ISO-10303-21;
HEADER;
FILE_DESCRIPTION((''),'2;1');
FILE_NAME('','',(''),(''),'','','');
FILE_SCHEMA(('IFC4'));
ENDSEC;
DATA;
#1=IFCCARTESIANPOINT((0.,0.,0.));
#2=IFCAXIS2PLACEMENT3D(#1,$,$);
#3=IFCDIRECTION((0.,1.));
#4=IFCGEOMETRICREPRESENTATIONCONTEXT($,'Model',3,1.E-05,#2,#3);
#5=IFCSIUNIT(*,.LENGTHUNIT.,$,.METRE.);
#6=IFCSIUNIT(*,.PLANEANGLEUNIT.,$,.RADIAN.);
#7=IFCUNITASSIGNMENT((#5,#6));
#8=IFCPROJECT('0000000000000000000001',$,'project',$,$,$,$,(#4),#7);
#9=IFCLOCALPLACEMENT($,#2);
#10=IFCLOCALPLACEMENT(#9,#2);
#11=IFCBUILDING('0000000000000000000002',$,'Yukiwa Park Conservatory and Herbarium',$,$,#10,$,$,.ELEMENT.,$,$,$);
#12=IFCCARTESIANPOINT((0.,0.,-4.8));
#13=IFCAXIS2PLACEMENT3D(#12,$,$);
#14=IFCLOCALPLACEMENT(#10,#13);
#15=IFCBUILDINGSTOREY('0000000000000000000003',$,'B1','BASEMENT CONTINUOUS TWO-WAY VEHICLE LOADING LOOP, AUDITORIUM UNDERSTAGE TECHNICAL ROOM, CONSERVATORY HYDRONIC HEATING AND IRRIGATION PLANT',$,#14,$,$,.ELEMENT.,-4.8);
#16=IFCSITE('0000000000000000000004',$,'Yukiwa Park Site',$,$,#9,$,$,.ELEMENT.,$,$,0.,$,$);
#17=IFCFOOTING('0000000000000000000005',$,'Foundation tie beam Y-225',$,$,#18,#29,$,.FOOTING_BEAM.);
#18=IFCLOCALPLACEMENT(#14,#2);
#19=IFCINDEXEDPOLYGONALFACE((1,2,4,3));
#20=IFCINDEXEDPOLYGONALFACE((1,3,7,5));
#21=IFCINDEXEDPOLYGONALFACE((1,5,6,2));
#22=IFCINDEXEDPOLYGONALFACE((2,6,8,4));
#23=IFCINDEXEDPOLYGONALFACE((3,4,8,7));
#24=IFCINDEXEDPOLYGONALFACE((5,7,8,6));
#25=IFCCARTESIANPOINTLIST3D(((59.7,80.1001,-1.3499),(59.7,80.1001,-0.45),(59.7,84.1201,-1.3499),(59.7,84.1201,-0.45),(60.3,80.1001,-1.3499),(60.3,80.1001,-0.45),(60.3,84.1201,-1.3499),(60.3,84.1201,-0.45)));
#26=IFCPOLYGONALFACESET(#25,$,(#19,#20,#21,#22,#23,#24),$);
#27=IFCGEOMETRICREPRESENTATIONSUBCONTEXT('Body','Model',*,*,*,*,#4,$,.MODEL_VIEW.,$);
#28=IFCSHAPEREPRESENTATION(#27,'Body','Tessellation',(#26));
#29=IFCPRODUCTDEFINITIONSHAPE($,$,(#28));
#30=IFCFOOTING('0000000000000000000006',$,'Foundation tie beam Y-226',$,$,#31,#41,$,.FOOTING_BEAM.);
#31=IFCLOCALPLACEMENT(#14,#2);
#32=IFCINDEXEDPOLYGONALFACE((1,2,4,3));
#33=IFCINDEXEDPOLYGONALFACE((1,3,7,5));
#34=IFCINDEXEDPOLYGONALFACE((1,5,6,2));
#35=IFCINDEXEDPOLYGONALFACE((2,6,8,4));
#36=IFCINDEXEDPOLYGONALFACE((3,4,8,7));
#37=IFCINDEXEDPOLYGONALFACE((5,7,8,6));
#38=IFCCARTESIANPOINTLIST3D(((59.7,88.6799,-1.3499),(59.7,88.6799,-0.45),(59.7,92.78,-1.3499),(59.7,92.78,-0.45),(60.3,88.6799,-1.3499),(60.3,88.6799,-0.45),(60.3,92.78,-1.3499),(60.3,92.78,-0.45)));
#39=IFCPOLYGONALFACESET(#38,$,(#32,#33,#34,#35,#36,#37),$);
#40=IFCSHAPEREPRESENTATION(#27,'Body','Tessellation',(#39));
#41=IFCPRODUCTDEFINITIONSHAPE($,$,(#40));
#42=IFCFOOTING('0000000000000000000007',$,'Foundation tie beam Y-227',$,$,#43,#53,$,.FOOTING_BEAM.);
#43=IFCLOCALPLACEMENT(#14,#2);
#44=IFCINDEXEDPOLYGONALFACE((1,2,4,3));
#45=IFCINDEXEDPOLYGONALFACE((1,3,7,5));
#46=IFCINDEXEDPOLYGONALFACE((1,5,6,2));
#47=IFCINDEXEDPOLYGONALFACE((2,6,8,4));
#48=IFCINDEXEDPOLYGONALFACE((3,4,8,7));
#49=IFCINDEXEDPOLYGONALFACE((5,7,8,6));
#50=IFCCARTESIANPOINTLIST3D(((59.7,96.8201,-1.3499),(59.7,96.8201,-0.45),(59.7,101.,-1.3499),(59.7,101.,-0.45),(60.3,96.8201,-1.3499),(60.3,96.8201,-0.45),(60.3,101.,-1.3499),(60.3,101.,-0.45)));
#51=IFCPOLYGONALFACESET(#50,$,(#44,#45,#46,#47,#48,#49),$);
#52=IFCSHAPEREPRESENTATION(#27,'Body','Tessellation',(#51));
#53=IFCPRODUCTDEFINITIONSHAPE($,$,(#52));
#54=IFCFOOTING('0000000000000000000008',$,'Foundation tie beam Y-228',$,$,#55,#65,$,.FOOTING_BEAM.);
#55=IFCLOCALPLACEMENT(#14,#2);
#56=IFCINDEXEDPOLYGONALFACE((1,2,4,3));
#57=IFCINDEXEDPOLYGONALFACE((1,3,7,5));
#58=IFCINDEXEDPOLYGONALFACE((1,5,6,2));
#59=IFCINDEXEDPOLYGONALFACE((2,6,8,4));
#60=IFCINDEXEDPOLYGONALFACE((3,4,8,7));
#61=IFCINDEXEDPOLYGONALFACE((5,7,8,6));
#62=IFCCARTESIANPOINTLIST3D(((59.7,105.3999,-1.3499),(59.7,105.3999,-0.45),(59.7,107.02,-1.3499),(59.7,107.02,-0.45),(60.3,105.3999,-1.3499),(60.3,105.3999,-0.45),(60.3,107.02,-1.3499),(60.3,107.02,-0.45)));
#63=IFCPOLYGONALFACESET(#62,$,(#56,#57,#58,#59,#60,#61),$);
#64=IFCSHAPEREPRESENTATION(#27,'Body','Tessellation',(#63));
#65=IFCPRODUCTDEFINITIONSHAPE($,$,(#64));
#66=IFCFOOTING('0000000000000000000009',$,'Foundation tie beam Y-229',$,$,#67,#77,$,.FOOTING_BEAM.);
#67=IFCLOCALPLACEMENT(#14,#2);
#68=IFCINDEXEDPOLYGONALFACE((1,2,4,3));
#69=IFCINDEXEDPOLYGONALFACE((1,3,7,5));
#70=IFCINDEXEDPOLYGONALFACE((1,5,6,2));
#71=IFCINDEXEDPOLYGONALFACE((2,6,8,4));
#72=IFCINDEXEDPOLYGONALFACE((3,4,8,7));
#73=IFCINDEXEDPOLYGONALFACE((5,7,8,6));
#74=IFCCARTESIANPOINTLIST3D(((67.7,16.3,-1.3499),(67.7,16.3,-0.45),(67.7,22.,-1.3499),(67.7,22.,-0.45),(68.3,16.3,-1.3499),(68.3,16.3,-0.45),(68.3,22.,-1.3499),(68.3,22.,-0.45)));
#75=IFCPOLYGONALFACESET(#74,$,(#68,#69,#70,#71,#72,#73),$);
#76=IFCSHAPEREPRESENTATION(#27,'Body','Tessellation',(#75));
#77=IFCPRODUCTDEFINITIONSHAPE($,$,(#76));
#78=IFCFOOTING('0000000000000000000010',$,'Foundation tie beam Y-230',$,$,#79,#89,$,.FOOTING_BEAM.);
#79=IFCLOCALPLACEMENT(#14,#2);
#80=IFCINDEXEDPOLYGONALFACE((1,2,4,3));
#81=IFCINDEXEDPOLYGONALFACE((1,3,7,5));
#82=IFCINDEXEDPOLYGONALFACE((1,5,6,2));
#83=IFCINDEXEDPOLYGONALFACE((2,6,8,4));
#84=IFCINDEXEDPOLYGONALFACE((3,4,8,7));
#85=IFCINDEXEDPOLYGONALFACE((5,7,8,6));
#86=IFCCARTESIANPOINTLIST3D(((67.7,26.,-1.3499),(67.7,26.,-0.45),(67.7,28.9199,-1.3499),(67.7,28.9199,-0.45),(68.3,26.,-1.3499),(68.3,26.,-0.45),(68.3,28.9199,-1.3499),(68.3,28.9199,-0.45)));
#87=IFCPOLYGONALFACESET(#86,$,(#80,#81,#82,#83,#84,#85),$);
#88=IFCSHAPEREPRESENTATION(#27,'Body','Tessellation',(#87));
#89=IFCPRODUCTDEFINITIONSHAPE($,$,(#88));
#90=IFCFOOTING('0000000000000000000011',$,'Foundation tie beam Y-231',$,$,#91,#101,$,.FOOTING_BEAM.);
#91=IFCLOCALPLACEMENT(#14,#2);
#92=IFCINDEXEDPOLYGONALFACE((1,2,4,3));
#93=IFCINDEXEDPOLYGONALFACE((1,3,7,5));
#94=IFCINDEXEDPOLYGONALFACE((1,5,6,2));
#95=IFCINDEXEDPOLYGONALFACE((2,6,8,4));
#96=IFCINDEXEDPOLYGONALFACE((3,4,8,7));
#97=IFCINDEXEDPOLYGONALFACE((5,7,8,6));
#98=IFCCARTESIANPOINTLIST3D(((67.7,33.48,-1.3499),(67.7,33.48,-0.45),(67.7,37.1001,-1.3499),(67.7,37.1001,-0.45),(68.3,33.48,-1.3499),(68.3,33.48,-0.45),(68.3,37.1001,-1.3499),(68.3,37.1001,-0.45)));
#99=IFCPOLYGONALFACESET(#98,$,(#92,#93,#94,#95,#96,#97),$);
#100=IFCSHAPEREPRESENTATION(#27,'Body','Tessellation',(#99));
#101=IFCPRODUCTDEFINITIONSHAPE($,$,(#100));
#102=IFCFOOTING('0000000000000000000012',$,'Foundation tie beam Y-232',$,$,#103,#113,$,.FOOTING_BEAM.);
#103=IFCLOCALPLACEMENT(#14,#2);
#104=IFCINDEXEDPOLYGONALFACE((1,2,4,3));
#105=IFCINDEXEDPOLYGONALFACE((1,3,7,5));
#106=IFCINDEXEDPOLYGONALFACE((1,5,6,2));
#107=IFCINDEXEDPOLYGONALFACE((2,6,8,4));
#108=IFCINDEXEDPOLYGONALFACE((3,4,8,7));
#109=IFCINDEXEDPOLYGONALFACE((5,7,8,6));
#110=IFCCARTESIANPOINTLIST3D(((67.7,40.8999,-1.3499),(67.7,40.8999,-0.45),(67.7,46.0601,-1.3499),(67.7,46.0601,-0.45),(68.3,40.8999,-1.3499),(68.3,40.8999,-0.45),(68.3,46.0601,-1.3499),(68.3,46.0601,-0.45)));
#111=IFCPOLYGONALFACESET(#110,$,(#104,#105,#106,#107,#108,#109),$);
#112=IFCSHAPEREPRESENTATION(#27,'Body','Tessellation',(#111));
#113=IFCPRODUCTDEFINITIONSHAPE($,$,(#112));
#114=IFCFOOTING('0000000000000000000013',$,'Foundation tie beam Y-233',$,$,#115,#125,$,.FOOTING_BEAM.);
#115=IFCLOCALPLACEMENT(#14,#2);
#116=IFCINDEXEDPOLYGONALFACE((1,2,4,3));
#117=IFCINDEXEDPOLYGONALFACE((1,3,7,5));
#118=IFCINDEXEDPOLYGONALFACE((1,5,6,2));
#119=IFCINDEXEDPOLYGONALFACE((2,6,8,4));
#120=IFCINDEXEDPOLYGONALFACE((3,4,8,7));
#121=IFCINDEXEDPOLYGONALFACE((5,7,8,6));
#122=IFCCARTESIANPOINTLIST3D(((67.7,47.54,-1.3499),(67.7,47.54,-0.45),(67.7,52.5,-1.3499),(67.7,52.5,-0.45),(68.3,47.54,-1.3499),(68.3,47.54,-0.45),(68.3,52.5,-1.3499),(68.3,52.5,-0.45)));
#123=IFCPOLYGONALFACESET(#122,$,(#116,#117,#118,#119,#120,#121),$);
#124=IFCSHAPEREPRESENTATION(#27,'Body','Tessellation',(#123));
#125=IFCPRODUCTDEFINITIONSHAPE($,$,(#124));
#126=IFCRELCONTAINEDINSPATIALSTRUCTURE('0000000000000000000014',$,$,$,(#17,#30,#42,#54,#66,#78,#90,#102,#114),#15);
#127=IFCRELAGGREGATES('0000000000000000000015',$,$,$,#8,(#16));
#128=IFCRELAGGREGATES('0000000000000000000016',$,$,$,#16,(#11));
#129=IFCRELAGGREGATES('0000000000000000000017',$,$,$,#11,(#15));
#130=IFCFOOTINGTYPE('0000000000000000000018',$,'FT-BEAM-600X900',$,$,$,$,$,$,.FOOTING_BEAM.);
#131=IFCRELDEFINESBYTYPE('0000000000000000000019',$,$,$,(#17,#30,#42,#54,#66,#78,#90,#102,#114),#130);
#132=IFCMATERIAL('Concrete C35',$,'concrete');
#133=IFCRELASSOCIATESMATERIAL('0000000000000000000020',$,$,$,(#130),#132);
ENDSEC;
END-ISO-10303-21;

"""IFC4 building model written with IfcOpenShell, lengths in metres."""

from ifc_helpers import new_model, si_unit, direction, frame, origin, place, context, subcontext, project, spatial, polyline, outline, extrude, material, type_object, element, save


model = new_model("IFC4")

# Units and contexts
model_context = context("Model", 3, precision=1e-05, world=origin(), true_north=direction((0.0, 1.0)))
body_context = subcontext(model_context, "Body", "Model", "MODEL_VIEW")
ifc_project = project(units=[si_unit("LENGTHUNIT", "METRE"), si_unit("PLANEANGLEUNIT", "RADIAN")], contexts=[model_context])

# Site, building, storey
site_placement = place(None, origin())
site = spatial("IfcSite", under=ifc_project, at=site_placement, Name="Yukiwa Park Site", CompositionType="ELEMENT", RefElevation=0.0)
building_placement = place(site_placement, origin())
building = spatial("IfcBuilding", under=site, at=building_placement, Name="Yukiwa Park Conservatory and Herbarium", CompositionType="ELEMENT")
storey_placement = place(building_placement, frame((0.0, 0.0, -4.8)))
storey = spatial("IfcBuildingStorey", under=building, at=storey_placement, Name="B1", Description="BASEMENT CONTINUOUS TWO-WAY VEHICLE LOADING LOOP, AUDITORIUM UNDERSTAGE TECHNICAL ROOM, CONSERVATORY HYDRONIC HEATING AND IRRIGATION PLANT", CompositionType="ELEMENT", Elevation=-4.8)

# Footings
ifc_material = material(Name="Concrete C35", Category="concrete")
footing_type = type_object("IfcFootingType", Name="FT-BEAM-600X900", PredefinedType="FOOTING_BEAM", material=ifc_material)
footing_1_placement = place(storey_placement, frame((0.0, 0.0, -1.3499)))
element("IfcFooting", 1, at=footing_1_placement, inside=storey, type_object=footing_type, Name="Foundation tie beam Y-225", PredefinedType="FOOTING_BEAM", context=body_context, shape_type="SweptSolid", body=[
    extrude(outline(polyline([(59.7, 80.1001), (60.3, 80.1001), (60.3, 84.1201), (59.7, 84.1201), (59.7, 80.1001)])), origin(), (0.0, 0.0, 1.0), 0.8999),
])
footing_2_placement = place(storey_placement, frame((0.0, 0.0, -1.3499)))
element("IfcFooting", 2, at=footing_2_placement, inside=storey, type_object=footing_type, Name="Foundation tie beam Y-226", PredefinedType="FOOTING_BEAM", context=body_context, shape_type="SweptSolid", body=[
    extrude(outline(polyline([(59.7, 88.6799), (60.3, 88.6799), (60.3, 92.78), (59.7, 92.78), (59.7, 88.6799)])), origin(), (0.0, 0.0, 1.0), 0.8999),
])
footing_3_placement = place(storey_placement, frame((0.0, 0.0, -1.3499)))
element("IfcFooting", 3, at=footing_3_placement, inside=storey, type_object=footing_type, Name="Foundation tie beam Y-227", PredefinedType="FOOTING_BEAM", context=body_context, shape_type="SweptSolid", body=[
    extrude(outline(polyline([(59.7, 96.8201), (60.3, 96.8201), (60.3, 101.0), (59.7, 101.0), (59.7, 96.8201)])), origin(), (0.0, 0.0, 1.0), 0.8999),
])
footing_4_placement = place(storey_placement, frame((0.0, 0.0, -1.3499)))
element("IfcFooting", 4, at=footing_4_placement, inside=storey, type_object=footing_type, Name="Foundation tie beam Y-228", PredefinedType="FOOTING_BEAM", context=body_context, shape_type="SweptSolid", body=[
    extrude(outline(polyline([(59.7, 105.3999), (60.3, 105.3999), (60.3, 107.02), (59.7, 107.02), (59.7, 105.3999)])), origin(), (0.0, 0.0, 1.0), 0.8999),
])
footing_5_placement = place(storey_placement, frame((0.0, 0.0, -1.3499)))
element("IfcFooting", 5, at=footing_5_placement, inside=storey, type_object=footing_type, Name="Foundation tie beam Y-229", PredefinedType="FOOTING_BEAM", context=body_context, shape_type="SweptSolid", body=[
    extrude(outline(polyline([(67.7, 16.3), (68.3, 16.3), (68.3, 22.0), (67.7, 22.0), (67.7, 16.3)])), origin(), (0.0, 0.0, 1.0), 0.8999),
])
footing_6_placement = place(storey_placement, frame((0.0, 0.0, -1.3499)))
element("IfcFooting", 6, at=footing_6_placement, inside=storey, type_object=footing_type, Name="Foundation tie beam Y-230", PredefinedType="FOOTING_BEAM", context=body_context, shape_type="SweptSolid", body=[
    extrude(outline(polyline([(67.7, 26.0), (68.3, 26.0), (68.3, 28.9199), (67.7, 28.9199), (67.7, 26.0)])), origin(), (0.0, 0.0, 1.0), 0.8999),
])
footing_7_placement = place(storey_placement, frame((0.0, 0.0, -1.3499)))
element("IfcFooting", 7, at=footing_7_placement, inside=storey, type_object=footing_type, Name="Foundation tie beam Y-231", PredefinedType="FOOTING_BEAM", context=body_context, shape_type="SweptSolid", body=[
    extrude(outline(polyline([(67.7, 33.48), (68.3, 33.48), (68.3, 37.1001), (67.7, 37.1001), (67.7, 33.48)])), origin(), (0.0, 0.0, 1.0), 0.8999),
])
footing_8_placement = place(storey_placement, frame((0.0, 0.0, -1.3499)))
element("IfcFooting", 8, at=footing_8_placement, inside=storey, type_object=footing_type, Name="Foundation tie beam Y-232", PredefinedType="FOOTING_BEAM", context=body_context, shape_type="SweptSolid", body=[
    extrude(outline(polyline([(67.7, 40.8999), (68.3, 40.8999), (68.3, 46.0601), (67.7, 46.0601), (67.7, 40.8999)])), origin(), (0.0, 0.0, 1.0), 0.8999),
])
footing_9_placement = place(storey_placement, frame((0.0, 0.0, -1.3499)))
element("IfcFooting", 9, at=footing_9_placement, inside=storey, type_object=footing_type, Name="Foundation tie beam Y-233", PredefinedType="FOOTING_BEAM", context=body_context, shape_type="SweptSolid", body=[
    extrude(outline(polyline([(67.7, 47.54), (68.3, 47.54), (68.3, 52.5), (67.7, 52.5), (67.7, 47.54)])), origin(), (0.0, 0.0, 1.0), 0.8999),
])

save(model, "model.ifc")
